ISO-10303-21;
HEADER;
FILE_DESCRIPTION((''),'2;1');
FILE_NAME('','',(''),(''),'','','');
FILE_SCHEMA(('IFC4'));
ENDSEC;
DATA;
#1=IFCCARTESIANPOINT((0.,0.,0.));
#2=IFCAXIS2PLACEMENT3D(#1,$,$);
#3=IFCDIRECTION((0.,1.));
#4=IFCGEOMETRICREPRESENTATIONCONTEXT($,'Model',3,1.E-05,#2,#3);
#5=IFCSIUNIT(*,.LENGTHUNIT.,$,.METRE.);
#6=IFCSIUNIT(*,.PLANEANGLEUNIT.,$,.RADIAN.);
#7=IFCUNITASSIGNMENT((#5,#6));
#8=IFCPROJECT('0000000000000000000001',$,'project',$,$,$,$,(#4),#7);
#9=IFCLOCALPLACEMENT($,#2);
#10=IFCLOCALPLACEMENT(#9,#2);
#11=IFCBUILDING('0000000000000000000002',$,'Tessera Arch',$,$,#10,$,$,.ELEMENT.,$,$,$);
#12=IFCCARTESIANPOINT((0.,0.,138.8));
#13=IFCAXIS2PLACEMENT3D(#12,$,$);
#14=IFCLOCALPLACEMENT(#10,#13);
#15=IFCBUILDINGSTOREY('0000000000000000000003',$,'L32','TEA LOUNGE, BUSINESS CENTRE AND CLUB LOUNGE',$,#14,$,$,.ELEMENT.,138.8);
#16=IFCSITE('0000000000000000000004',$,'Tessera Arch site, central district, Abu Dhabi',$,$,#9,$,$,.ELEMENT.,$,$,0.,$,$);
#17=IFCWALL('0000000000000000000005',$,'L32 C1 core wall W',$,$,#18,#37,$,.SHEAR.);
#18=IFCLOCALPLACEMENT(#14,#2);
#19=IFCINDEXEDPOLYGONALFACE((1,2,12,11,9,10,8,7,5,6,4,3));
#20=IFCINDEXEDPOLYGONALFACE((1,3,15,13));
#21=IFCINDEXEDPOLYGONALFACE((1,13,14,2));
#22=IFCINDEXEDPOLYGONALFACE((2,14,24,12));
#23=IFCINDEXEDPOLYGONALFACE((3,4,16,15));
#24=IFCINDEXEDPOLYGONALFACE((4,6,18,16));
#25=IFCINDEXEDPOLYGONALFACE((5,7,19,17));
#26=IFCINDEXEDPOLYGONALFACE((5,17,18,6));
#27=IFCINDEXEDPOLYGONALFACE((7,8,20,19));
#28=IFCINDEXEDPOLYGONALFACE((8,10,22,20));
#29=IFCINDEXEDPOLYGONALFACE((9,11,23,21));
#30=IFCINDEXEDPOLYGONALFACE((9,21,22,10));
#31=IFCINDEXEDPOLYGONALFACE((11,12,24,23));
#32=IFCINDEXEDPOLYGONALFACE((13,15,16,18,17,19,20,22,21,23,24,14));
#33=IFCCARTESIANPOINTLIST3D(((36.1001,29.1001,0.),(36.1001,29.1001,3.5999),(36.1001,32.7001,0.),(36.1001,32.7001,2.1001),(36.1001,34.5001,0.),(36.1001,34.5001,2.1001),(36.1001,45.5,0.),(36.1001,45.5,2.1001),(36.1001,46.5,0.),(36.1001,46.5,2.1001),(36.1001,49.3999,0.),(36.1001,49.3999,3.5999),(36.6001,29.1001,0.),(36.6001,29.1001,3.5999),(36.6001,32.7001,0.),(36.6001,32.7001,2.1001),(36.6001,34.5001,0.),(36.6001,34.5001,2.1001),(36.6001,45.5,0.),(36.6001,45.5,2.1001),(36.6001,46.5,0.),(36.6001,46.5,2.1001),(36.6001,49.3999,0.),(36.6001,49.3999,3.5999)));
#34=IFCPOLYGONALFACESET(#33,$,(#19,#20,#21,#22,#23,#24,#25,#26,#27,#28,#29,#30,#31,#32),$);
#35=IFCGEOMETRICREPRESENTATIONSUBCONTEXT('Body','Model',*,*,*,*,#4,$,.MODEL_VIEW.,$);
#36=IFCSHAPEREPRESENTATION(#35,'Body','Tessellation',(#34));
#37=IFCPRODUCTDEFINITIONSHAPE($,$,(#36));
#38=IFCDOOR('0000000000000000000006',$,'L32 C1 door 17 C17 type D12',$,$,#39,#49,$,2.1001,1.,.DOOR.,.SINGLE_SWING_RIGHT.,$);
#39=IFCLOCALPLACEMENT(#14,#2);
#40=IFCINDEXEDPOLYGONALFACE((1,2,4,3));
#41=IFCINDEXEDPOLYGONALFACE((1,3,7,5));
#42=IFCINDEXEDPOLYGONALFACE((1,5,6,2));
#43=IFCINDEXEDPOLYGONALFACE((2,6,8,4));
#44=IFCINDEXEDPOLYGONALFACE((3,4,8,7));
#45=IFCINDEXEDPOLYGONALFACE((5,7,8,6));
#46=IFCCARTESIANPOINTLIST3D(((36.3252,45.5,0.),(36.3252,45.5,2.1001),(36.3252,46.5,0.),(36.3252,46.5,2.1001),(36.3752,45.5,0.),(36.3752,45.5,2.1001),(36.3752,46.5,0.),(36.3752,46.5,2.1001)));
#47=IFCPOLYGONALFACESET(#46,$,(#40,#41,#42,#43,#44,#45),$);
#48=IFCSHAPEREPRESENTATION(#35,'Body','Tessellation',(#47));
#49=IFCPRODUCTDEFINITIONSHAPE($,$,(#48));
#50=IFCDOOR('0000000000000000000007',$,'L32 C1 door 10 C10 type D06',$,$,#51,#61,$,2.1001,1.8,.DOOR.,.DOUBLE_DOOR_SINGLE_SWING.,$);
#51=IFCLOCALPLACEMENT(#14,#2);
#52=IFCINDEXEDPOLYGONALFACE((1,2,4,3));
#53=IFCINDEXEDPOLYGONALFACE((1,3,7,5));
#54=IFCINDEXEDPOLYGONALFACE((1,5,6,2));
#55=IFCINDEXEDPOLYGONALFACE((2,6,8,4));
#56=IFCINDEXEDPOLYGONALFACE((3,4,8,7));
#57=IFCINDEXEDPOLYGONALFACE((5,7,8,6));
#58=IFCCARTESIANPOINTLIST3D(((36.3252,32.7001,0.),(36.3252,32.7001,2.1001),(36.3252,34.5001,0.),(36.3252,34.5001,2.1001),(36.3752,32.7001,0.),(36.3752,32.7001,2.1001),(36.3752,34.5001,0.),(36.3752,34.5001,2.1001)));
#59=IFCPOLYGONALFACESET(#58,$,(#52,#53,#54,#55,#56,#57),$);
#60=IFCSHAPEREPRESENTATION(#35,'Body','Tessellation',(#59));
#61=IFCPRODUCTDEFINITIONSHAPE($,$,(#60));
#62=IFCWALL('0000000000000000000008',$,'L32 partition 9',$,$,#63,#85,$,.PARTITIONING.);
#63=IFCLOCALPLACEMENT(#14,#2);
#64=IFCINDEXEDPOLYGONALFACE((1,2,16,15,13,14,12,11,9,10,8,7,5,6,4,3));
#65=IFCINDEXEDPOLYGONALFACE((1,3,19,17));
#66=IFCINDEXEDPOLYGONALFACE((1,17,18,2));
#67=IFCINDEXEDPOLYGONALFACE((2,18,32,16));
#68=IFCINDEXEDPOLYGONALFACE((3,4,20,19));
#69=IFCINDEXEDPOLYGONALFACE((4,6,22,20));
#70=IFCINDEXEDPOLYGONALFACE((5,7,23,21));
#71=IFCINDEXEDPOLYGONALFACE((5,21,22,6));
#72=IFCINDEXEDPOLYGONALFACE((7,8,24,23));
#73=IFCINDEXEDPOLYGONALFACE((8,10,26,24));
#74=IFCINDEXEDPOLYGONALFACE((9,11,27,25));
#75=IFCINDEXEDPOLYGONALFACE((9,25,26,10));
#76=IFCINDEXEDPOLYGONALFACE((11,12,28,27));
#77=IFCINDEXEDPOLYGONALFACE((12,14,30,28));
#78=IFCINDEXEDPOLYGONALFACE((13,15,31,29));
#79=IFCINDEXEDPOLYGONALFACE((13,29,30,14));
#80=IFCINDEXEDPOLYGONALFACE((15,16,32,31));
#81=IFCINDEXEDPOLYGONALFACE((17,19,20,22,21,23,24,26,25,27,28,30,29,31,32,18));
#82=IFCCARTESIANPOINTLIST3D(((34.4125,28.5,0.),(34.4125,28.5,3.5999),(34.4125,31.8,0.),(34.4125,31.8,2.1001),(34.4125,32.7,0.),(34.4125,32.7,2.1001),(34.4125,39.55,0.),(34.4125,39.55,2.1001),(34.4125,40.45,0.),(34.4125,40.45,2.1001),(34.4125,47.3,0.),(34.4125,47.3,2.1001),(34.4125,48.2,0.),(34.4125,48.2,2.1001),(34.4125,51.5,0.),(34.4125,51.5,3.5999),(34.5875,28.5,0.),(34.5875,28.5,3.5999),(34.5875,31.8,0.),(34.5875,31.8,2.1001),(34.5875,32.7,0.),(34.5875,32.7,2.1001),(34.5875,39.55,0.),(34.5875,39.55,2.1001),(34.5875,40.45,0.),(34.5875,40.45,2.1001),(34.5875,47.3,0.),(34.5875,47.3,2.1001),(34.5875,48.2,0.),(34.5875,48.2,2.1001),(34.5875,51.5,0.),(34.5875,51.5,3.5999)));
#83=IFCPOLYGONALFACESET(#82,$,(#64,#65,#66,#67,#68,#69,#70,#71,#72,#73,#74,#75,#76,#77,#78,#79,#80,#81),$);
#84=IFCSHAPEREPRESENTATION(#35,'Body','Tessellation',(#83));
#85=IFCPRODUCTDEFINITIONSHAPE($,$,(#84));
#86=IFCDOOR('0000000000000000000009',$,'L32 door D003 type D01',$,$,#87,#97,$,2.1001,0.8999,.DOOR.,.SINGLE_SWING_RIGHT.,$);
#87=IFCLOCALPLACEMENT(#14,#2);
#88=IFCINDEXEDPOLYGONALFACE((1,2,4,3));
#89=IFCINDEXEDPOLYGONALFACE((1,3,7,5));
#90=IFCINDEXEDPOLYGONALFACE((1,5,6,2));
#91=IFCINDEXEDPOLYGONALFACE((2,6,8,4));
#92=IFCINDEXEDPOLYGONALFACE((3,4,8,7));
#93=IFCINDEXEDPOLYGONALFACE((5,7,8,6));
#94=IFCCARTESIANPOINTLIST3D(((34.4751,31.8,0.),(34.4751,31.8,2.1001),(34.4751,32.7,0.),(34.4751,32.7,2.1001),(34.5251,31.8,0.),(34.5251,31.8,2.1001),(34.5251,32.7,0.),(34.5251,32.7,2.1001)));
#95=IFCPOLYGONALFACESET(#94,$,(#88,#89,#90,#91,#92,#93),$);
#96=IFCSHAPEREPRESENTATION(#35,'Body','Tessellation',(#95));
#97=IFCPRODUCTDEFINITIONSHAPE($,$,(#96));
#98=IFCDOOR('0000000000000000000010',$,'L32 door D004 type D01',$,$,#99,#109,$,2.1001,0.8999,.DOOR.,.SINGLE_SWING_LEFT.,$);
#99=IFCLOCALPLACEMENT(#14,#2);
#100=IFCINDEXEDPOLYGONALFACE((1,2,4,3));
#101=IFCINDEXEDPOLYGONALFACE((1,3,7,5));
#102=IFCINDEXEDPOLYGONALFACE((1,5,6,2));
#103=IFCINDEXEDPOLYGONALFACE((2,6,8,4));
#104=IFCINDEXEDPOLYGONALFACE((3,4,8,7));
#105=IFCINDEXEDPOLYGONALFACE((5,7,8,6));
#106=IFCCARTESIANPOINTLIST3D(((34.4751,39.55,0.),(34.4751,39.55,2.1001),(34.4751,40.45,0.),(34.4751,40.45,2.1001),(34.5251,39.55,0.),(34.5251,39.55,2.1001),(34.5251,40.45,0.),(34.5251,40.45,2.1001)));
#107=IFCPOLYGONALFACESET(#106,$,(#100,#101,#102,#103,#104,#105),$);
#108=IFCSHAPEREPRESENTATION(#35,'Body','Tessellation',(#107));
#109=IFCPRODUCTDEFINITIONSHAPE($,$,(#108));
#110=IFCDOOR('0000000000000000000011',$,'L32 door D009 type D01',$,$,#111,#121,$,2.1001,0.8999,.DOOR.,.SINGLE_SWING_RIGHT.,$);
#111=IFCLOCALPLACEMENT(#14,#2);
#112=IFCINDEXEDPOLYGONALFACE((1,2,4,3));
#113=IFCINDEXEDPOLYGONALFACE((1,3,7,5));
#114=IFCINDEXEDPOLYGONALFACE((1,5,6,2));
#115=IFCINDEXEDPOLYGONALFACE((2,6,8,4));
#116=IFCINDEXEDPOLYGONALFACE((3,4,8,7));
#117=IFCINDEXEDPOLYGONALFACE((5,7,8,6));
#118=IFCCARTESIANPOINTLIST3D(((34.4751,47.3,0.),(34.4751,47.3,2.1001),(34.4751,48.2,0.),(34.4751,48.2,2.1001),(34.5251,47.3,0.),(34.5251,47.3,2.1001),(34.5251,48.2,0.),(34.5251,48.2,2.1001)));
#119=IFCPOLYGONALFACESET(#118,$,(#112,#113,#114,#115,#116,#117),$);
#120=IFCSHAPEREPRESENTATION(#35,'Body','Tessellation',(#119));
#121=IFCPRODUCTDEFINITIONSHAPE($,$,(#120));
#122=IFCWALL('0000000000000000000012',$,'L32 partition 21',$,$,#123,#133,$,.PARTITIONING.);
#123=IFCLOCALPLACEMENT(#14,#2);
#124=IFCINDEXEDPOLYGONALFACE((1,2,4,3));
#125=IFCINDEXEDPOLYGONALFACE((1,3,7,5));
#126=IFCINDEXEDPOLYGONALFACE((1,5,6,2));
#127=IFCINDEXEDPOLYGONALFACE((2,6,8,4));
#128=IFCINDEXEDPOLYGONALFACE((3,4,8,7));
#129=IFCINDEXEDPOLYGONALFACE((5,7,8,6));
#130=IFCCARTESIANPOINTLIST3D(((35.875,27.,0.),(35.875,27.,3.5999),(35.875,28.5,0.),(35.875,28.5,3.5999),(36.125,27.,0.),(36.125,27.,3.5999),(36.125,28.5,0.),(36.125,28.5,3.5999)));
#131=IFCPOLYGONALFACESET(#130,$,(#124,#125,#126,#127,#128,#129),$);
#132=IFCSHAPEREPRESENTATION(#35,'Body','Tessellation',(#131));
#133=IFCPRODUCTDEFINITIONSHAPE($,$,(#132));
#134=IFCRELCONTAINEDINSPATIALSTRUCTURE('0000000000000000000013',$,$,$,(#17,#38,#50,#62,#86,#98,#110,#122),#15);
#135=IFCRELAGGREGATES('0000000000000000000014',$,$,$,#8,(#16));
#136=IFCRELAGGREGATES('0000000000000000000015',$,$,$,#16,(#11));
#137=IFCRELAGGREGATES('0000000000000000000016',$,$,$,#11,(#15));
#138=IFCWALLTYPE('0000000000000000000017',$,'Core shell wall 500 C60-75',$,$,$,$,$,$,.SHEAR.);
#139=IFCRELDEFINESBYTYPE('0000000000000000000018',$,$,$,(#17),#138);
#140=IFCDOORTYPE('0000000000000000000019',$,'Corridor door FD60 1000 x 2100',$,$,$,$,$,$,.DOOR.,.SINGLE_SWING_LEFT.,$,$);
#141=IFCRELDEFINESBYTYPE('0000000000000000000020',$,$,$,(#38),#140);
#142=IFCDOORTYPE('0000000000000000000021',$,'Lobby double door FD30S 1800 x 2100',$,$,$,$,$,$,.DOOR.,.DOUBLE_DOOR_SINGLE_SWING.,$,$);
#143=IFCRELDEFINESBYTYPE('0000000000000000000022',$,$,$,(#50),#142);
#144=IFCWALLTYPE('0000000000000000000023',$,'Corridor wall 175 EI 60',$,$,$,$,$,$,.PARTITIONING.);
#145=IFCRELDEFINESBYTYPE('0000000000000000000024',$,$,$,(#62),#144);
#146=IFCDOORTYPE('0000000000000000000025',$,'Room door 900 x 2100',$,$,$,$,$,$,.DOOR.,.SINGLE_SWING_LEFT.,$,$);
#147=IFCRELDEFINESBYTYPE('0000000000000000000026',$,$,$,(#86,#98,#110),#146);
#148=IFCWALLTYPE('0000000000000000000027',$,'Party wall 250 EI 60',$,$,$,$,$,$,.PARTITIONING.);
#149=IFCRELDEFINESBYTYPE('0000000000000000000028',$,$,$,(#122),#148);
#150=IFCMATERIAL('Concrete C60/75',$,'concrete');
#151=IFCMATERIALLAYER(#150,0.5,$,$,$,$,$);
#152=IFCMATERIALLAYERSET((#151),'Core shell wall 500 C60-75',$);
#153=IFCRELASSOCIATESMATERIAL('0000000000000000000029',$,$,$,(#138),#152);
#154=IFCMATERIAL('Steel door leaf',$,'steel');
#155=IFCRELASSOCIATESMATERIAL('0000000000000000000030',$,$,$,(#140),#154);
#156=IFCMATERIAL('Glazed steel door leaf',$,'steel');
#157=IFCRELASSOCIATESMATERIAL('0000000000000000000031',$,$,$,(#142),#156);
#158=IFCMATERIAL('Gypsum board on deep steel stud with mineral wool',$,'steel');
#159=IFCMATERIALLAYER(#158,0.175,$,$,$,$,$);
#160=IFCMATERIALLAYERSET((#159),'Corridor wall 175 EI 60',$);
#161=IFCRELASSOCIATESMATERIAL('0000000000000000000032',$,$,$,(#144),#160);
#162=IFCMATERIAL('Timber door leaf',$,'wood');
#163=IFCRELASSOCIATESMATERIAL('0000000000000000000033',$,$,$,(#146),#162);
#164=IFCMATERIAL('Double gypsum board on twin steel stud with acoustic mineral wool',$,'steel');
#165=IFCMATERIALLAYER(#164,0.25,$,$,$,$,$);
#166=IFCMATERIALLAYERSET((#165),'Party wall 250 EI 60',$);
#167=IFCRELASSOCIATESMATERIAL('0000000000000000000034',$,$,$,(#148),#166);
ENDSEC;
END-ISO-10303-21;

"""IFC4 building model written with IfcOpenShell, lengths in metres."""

from ifc_helpers import new_model, si_unit, direction, frame, frame_2d, origin, place, context, subcontext, project, spatial, rectangle, extrude, material, layer, layer_set, type_object, element, fill, save


model = new_model("IFC4")

# Units and contexts
model_context = context("Model", 3, precision=1e-05, world=origin(), true_north=direction((0.0, 1.0)))
body_context = subcontext(model_context, "Body", "Model", "MODEL_VIEW")
ifc_project = project(units=[si_unit("LENGTHUNIT", "METRE"), si_unit("PLANEANGLEUNIT", "RADIAN")], contexts=[model_context])

# Site, building, storey
site_placement = place(None, origin())
site = spatial("IfcSite", under=ifc_project, at=site_placement, Name="Tessera Arch site, central district, Abu Dhabi", CompositionType="ELEMENT", RefElevation=0.0)
building_placement = place(site_placement, origin())
building = spatial("IfcBuilding", under=site, at=building_placement, Name="Tessera Arch", CompositionType="ELEMENT")
storey_placement = place(building_placement, frame((0.0, 0.0, 138.8)))
storey = spatial("IfcBuildingStorey", under=building, at=storey_placement, Name="L32", Description="TEA LOUNGE, BUSINESS CENTRE AND CLUB LOUNGE", CompositionType="ELEMENT", Elevation=138.8)

# Walls, openings, doors
ifc_material_1 = material(Name="Concrete C60/75", Category="concrete")
ifc_layer_1 = layer(ifc_material_1, 0.5)
ifc_layer_set_1 = layer_set([ifc_layer_1], Name="Core shell wall 500 C60-75")
wall_type_1 = type_object("IfcWallType", Name="Core shell wall 500 C60-75", PredefinedType="SHEAR", material=ifc_layer_set_1)
wall_1_placement = place(storey_placement, frame((36.3501, 29.1001, 0.0), z_axis=(0.0, 0.0, 1.0), x_axis=(0.0, 1.0, 0.0)))
wall_1 = element("IfcWall", 1, at=wall_1_placement, inside=storey, type_object=wall_type_1, Name="L32 C1 core wall W", PredefinedType="SHEAR", context=body_context, shape_type="SweptSolid", body=[
    extrude(rectangle(XDim=20.2998, YDim=0.5, at=frame_2d((10.1499, 0.0))), origin(), (0.0, 0.0, 1.0), 3.5999),
])
opening_1_placement = place(wall_1_placement, frame((3.6001, 0.0, 0.0)))
opening_1 = element("IfcOpeningElement", 2, at=opening_1_placement, cuts=wall_1, PredefinedType="OPENING", context=body_context, shape_type="SweptSolid", body=[
    extrude(rectangle(XDim=1.8, YDim=2.1001, at=frame_2d((0.8999, 1.05))), frame((0.0, 0.26, 0.0), z_axis=(0.0, -1.0, 0.0), x_axis=(1.0, 0.0, 0.0)), (0.0, 0.0, 1.0), 0.52),
])
opening_2_placement = place(wall_1_placement, frame((16.3999, 0.0, 0.0)))
opening_2 = element("IfcOpeningElement", 3, at=opening_2_placement, cuts=wall_1, PredefinedType="OPENING", context=body_context, shape_type="SweptSolid", body=[
    extrude(rectangle(XDim=1.0, YDim=2.1001, at=frame_2d((0.5, 1.05))), frame((0.0, 0.26, 0.0), z_axis=(0.0, -1.0, 0.0), x_axis=(1.0, 0.0, 0.0)), (0.0, 0.0, 1.0), 0.52),
])
ifc_material_2 = material(Name="Steel door leaf", Category="steel")
door_type_1 = type_object("IfcDoorType", Name="Corridor door FD60 1000 x 2100", OperationType="SINGLE_SWING_LEFT", PredefinedType="DOOR", material=ifc_material_2)
door_1_placement = place(opening_2_placement, origin())
door_1 = element("IfcDoor", 4, at=door_1_placement, inside=storey, type_object=door_type_1, Name="L32 C1 door 17 C17 type D12", OperationType="SINGLE_SWING_RIGHT", OverallHeight=2.1001, OverallWidth=1.0, PredefinedType="DOOR", context=body_context, shape_type="SweptSolid", body=[
    extrude(rectangle(XDim=1.0, YDim=2.1001, at=frame_2d((0.5, 1.05))), frame((0.0, 0.0249, 0.0), z_axis=(0.0, -1.0, 0.0), x_axis=(1.0, 0.0, 0.0)), (0.0, 0.0, 1.0), 0.05),
])
fill(opening_2, door_1)
ifc_material_3 = material(Name="Glazed steel door leaf", Category="steel")
door_type_2 = type_object("IfcDoorType", Name="Lobby double door FD30S 1800 x 2100", OperationType="DOUBLE_DOOR_SINGLE_SWING", PredefinedType="DOOR", material=ifc_material_3)
door_2_placement = place(opening_1_placement, origin())
door_2 = element("IfcDoor", 5, at=door_2_placement, inside=storey, type_object=door_type_2, Name="L32 C1 door 10 C10 type D06", OperationType="DOUBLE_DOOR_SINGLE_SWING", OverallHeight=2.1001, OverallWidth=1.8, PredefinedType="DOOR", context=body_context, shape_type="SweptSolid", body=[
    extrude(rectangle(XDim=1.8, YDim=2.1001, at=frame_2d((0.8999, 1.05))), frame((0.0, 0.0249, 0.0), z_axis=(0.0, -1.0, 0.0), x_axis=(1.0, 0.0, 0.0)), (0.0, 0.0, 1.0), 0.05),
])
fill(opening_1, door_2)
ifc_material_4 = material(Name="Gypsum board on deep steel stud with mineral wool", Category="steel")
ifc_layer_2 = layer(ifc_material_4, 0.175)
ifc_layer_set_2 = layer_set([ifc_layer_2], Name="Corridor wall 175 EI 60")
wall_type_2 = type_object("IfcWallType", Name="Corridor wall 175 EI 60", PredefinedType="PARTITIONING", material=ifc_layer_set_2)
wall_2_placement = place(storey_placement, frame((34.5, 28.5, 0.0), z_axis=(0.0, 0.0, 1.0), x_axis=(0.0, 1.0, 0.0)))
wall_2 = element("IfcWall", 6, at=wall_2_placement, inside=storey, type_object=wall_type_2, Name="L32 partition 9", PredefinedType="PARTITIONING", context=body_context, shape_type="SweptSolid", body=[
    extrude(rectangle(XDim=23.0, YDim=0.175, at=frame_2d((11.5, 0.0))), origin(), (0.0, 0.0, 1.0), 3.5999),
])
opening_3_placement = place(wall_2_placement, frame((3.3, 0.0, 0.0)))
opening_3 = element("IfcOpeningElement", 7, at=opening_3_placement, cuts=wall_2, PredefinedType="OPENING", context=body_context, shape_type="SweptSolid", body=[
    extrude(rectangle(XDim=0.8999, YDim=2.1001, at=frame_2d((0.45, 1.05))), frame((0.0, 0.0974, 0.0), z_axis=(0.0, -1.0, 0.0), x_axis=(1.0, 0.0, 0.0)), (0.0, 0.0, 1.0), 0.1951),
])
opening_4_placement = place(wall_2_placement, frame((11.05, 0.0, 0.0)))
opening_4 = element("IfcOpeningElement", 8, at=opening_4_placement, cuts=wall_2, PredefinedType="OPENING", context=body_context, shape_type="SweptSolid", body=[
    extrude(rectangle(XDim=0.8999, YDim=2.1001, at=frame_2d((0.45, 1.05))), frame((0.0, 0.0974, 0.0), z_axis=(0.0, -1.0, 0.0), x_axis=(1.0, 0.0, 0.0)), (0.0, 0.0, 1.0), 0.1951),
])
opening_5_placement = place(wall_2_placement, frame((18.8, 0.0, 0.0)))
opening_5 = element("IfcOpeningElement", 9, at=opening_5_placement, cuts=wall_2, PredefinedType="OPENING", context=body_context, shape_type="SweptSolid", body=[
    extrude(rectangle(XDim=0.8999, YDim=2.1001, at=frame_2d((0.45, 1.05))), frame((0.0, 0.0974, 0.0), z_axis=(0.0, -1.0, 0.0), x_axis=(1.0, 0.0, 0.0)), (0.0, 0.0, 1.0), 0.1951),
])
ifc_material_5 = material(Name="Timber door leaf", Category="wood")
door_type_3 = type_object("IfcDoorType", Name="Room door 900 x 2100", OperationType="SINGLE_SWING_LEFT", PredefinedType="DOOR", material=ifc_material_5)
door_3_placement = place(opening_3_placement, origin())
door_3 = element("IfcDoor", 10, at=door_3_placement, inside=storey, type_object=door_type_3, Name="L32 door D003 type D01", OperationType="SINGLE_SWING_RIGHT", OverallHeight=2.1001, OverallWidth=0.8999, PredefinedType="DOOR", context=body_context, shape_type="SweptSolid", body=[
    extrude(rectangle(XDim=0.8999, YDim=2.1001, at=frame_2d((0.45, 1.05))), frame((0.0, 0.0249, 0.0), z_axis=(0.0, -1.0, 0.0), x_axis=(1.0, 0.0, 0.0)), (0.0, 0.0, 1.0), 0.05),
])
fill(opening_3, door_3)
door_4_placement = place(opening_4_placement, origin())
door_4 = element("IfcDoor", 11, at=door_4_placement, inside=storey, type_object=door_type_3, Name="L32 door D004 type D01", OperationType="SINGLE_SWING_LEFT", OverallHeight=2.1001, OverallWidth=0.8999, PredefinedType="DOOR", context=body_context, shape_type="SweptSolid", body=[
    extrude(rectangle(XDim=0.8999, YDim=2.1001, at=frame_2d((0.45, 1.05))), frame((0.0, 0.0249, 0.0), z_axis=(0.0, -1.0, 0.0), x_axis=(1.0, 0.0, 0.0)), (0.0, 0.0, 1.0), 0.05),
])
fill(opening_4, door_4)
door_5_placement = place(opening_5_placement, origin())
door_5 = element("IfcDoor", 12, at=door_5_placement, inside=storey, type_object=door_type_3, Name="L32 door D009 type D01", OperationType="SINGLE_SWING_RIGHT", OverallHeight=2.1001, OverallWidth=0.8999, PredefinedType="DOOR", context=body_context, shape_type="SweptSolid", body=[
    extrude(rectangle(XDim=0.8999, YDim=2.1001, at=frame_2d((0.45, 1.05))), frame((0.0, 0.0249, 0.0), z_axis=(0.0, -1.0, 0.0), x_axis=(1.0, 0.0, 0.0)), (0.0, 0.0, 1.0), 0.05),
])
fill(opening_5, door_5)

# Wall
ifc_material_6 = material(Name="Double gypsum board on twin steel stud with acoustic mineral wool", Category="steel")
ifc_layer_3 = layer(ifc_material_6, 0.25)
ifc_layer_set_3 = layer_set([ifc_layer_3], Name="Party wall 250 EI 60")
wall_type_3 = type_object("IfcWallType", Name="Party wall 250 EI 60", PredefinedType="PARTITIONING", material=ifc_layer_set_3)
wall_3_placement = place(storey_placement, frame((36.0, 27.0, 0.0), z_axis=(0.0, 0.0, 1.0), x_axis=(0.0, 1.0, 0.0)))
element("IfcWall", 13, at=wall_3_placement, inside=storey, type_object=wall_type_3, Name="L32 partition 21", PredefinedType="PARTITIONING", context=body_context, shape_type="SweptSolid", body=[
    extrude(rectangle(XDim=1.5, YDim=0.25, at=frame_2d((0.75, 0.0))), origin(), (0.0, 0.0, 1.0), 3.5999),
])

save(model, "model.ifc")
